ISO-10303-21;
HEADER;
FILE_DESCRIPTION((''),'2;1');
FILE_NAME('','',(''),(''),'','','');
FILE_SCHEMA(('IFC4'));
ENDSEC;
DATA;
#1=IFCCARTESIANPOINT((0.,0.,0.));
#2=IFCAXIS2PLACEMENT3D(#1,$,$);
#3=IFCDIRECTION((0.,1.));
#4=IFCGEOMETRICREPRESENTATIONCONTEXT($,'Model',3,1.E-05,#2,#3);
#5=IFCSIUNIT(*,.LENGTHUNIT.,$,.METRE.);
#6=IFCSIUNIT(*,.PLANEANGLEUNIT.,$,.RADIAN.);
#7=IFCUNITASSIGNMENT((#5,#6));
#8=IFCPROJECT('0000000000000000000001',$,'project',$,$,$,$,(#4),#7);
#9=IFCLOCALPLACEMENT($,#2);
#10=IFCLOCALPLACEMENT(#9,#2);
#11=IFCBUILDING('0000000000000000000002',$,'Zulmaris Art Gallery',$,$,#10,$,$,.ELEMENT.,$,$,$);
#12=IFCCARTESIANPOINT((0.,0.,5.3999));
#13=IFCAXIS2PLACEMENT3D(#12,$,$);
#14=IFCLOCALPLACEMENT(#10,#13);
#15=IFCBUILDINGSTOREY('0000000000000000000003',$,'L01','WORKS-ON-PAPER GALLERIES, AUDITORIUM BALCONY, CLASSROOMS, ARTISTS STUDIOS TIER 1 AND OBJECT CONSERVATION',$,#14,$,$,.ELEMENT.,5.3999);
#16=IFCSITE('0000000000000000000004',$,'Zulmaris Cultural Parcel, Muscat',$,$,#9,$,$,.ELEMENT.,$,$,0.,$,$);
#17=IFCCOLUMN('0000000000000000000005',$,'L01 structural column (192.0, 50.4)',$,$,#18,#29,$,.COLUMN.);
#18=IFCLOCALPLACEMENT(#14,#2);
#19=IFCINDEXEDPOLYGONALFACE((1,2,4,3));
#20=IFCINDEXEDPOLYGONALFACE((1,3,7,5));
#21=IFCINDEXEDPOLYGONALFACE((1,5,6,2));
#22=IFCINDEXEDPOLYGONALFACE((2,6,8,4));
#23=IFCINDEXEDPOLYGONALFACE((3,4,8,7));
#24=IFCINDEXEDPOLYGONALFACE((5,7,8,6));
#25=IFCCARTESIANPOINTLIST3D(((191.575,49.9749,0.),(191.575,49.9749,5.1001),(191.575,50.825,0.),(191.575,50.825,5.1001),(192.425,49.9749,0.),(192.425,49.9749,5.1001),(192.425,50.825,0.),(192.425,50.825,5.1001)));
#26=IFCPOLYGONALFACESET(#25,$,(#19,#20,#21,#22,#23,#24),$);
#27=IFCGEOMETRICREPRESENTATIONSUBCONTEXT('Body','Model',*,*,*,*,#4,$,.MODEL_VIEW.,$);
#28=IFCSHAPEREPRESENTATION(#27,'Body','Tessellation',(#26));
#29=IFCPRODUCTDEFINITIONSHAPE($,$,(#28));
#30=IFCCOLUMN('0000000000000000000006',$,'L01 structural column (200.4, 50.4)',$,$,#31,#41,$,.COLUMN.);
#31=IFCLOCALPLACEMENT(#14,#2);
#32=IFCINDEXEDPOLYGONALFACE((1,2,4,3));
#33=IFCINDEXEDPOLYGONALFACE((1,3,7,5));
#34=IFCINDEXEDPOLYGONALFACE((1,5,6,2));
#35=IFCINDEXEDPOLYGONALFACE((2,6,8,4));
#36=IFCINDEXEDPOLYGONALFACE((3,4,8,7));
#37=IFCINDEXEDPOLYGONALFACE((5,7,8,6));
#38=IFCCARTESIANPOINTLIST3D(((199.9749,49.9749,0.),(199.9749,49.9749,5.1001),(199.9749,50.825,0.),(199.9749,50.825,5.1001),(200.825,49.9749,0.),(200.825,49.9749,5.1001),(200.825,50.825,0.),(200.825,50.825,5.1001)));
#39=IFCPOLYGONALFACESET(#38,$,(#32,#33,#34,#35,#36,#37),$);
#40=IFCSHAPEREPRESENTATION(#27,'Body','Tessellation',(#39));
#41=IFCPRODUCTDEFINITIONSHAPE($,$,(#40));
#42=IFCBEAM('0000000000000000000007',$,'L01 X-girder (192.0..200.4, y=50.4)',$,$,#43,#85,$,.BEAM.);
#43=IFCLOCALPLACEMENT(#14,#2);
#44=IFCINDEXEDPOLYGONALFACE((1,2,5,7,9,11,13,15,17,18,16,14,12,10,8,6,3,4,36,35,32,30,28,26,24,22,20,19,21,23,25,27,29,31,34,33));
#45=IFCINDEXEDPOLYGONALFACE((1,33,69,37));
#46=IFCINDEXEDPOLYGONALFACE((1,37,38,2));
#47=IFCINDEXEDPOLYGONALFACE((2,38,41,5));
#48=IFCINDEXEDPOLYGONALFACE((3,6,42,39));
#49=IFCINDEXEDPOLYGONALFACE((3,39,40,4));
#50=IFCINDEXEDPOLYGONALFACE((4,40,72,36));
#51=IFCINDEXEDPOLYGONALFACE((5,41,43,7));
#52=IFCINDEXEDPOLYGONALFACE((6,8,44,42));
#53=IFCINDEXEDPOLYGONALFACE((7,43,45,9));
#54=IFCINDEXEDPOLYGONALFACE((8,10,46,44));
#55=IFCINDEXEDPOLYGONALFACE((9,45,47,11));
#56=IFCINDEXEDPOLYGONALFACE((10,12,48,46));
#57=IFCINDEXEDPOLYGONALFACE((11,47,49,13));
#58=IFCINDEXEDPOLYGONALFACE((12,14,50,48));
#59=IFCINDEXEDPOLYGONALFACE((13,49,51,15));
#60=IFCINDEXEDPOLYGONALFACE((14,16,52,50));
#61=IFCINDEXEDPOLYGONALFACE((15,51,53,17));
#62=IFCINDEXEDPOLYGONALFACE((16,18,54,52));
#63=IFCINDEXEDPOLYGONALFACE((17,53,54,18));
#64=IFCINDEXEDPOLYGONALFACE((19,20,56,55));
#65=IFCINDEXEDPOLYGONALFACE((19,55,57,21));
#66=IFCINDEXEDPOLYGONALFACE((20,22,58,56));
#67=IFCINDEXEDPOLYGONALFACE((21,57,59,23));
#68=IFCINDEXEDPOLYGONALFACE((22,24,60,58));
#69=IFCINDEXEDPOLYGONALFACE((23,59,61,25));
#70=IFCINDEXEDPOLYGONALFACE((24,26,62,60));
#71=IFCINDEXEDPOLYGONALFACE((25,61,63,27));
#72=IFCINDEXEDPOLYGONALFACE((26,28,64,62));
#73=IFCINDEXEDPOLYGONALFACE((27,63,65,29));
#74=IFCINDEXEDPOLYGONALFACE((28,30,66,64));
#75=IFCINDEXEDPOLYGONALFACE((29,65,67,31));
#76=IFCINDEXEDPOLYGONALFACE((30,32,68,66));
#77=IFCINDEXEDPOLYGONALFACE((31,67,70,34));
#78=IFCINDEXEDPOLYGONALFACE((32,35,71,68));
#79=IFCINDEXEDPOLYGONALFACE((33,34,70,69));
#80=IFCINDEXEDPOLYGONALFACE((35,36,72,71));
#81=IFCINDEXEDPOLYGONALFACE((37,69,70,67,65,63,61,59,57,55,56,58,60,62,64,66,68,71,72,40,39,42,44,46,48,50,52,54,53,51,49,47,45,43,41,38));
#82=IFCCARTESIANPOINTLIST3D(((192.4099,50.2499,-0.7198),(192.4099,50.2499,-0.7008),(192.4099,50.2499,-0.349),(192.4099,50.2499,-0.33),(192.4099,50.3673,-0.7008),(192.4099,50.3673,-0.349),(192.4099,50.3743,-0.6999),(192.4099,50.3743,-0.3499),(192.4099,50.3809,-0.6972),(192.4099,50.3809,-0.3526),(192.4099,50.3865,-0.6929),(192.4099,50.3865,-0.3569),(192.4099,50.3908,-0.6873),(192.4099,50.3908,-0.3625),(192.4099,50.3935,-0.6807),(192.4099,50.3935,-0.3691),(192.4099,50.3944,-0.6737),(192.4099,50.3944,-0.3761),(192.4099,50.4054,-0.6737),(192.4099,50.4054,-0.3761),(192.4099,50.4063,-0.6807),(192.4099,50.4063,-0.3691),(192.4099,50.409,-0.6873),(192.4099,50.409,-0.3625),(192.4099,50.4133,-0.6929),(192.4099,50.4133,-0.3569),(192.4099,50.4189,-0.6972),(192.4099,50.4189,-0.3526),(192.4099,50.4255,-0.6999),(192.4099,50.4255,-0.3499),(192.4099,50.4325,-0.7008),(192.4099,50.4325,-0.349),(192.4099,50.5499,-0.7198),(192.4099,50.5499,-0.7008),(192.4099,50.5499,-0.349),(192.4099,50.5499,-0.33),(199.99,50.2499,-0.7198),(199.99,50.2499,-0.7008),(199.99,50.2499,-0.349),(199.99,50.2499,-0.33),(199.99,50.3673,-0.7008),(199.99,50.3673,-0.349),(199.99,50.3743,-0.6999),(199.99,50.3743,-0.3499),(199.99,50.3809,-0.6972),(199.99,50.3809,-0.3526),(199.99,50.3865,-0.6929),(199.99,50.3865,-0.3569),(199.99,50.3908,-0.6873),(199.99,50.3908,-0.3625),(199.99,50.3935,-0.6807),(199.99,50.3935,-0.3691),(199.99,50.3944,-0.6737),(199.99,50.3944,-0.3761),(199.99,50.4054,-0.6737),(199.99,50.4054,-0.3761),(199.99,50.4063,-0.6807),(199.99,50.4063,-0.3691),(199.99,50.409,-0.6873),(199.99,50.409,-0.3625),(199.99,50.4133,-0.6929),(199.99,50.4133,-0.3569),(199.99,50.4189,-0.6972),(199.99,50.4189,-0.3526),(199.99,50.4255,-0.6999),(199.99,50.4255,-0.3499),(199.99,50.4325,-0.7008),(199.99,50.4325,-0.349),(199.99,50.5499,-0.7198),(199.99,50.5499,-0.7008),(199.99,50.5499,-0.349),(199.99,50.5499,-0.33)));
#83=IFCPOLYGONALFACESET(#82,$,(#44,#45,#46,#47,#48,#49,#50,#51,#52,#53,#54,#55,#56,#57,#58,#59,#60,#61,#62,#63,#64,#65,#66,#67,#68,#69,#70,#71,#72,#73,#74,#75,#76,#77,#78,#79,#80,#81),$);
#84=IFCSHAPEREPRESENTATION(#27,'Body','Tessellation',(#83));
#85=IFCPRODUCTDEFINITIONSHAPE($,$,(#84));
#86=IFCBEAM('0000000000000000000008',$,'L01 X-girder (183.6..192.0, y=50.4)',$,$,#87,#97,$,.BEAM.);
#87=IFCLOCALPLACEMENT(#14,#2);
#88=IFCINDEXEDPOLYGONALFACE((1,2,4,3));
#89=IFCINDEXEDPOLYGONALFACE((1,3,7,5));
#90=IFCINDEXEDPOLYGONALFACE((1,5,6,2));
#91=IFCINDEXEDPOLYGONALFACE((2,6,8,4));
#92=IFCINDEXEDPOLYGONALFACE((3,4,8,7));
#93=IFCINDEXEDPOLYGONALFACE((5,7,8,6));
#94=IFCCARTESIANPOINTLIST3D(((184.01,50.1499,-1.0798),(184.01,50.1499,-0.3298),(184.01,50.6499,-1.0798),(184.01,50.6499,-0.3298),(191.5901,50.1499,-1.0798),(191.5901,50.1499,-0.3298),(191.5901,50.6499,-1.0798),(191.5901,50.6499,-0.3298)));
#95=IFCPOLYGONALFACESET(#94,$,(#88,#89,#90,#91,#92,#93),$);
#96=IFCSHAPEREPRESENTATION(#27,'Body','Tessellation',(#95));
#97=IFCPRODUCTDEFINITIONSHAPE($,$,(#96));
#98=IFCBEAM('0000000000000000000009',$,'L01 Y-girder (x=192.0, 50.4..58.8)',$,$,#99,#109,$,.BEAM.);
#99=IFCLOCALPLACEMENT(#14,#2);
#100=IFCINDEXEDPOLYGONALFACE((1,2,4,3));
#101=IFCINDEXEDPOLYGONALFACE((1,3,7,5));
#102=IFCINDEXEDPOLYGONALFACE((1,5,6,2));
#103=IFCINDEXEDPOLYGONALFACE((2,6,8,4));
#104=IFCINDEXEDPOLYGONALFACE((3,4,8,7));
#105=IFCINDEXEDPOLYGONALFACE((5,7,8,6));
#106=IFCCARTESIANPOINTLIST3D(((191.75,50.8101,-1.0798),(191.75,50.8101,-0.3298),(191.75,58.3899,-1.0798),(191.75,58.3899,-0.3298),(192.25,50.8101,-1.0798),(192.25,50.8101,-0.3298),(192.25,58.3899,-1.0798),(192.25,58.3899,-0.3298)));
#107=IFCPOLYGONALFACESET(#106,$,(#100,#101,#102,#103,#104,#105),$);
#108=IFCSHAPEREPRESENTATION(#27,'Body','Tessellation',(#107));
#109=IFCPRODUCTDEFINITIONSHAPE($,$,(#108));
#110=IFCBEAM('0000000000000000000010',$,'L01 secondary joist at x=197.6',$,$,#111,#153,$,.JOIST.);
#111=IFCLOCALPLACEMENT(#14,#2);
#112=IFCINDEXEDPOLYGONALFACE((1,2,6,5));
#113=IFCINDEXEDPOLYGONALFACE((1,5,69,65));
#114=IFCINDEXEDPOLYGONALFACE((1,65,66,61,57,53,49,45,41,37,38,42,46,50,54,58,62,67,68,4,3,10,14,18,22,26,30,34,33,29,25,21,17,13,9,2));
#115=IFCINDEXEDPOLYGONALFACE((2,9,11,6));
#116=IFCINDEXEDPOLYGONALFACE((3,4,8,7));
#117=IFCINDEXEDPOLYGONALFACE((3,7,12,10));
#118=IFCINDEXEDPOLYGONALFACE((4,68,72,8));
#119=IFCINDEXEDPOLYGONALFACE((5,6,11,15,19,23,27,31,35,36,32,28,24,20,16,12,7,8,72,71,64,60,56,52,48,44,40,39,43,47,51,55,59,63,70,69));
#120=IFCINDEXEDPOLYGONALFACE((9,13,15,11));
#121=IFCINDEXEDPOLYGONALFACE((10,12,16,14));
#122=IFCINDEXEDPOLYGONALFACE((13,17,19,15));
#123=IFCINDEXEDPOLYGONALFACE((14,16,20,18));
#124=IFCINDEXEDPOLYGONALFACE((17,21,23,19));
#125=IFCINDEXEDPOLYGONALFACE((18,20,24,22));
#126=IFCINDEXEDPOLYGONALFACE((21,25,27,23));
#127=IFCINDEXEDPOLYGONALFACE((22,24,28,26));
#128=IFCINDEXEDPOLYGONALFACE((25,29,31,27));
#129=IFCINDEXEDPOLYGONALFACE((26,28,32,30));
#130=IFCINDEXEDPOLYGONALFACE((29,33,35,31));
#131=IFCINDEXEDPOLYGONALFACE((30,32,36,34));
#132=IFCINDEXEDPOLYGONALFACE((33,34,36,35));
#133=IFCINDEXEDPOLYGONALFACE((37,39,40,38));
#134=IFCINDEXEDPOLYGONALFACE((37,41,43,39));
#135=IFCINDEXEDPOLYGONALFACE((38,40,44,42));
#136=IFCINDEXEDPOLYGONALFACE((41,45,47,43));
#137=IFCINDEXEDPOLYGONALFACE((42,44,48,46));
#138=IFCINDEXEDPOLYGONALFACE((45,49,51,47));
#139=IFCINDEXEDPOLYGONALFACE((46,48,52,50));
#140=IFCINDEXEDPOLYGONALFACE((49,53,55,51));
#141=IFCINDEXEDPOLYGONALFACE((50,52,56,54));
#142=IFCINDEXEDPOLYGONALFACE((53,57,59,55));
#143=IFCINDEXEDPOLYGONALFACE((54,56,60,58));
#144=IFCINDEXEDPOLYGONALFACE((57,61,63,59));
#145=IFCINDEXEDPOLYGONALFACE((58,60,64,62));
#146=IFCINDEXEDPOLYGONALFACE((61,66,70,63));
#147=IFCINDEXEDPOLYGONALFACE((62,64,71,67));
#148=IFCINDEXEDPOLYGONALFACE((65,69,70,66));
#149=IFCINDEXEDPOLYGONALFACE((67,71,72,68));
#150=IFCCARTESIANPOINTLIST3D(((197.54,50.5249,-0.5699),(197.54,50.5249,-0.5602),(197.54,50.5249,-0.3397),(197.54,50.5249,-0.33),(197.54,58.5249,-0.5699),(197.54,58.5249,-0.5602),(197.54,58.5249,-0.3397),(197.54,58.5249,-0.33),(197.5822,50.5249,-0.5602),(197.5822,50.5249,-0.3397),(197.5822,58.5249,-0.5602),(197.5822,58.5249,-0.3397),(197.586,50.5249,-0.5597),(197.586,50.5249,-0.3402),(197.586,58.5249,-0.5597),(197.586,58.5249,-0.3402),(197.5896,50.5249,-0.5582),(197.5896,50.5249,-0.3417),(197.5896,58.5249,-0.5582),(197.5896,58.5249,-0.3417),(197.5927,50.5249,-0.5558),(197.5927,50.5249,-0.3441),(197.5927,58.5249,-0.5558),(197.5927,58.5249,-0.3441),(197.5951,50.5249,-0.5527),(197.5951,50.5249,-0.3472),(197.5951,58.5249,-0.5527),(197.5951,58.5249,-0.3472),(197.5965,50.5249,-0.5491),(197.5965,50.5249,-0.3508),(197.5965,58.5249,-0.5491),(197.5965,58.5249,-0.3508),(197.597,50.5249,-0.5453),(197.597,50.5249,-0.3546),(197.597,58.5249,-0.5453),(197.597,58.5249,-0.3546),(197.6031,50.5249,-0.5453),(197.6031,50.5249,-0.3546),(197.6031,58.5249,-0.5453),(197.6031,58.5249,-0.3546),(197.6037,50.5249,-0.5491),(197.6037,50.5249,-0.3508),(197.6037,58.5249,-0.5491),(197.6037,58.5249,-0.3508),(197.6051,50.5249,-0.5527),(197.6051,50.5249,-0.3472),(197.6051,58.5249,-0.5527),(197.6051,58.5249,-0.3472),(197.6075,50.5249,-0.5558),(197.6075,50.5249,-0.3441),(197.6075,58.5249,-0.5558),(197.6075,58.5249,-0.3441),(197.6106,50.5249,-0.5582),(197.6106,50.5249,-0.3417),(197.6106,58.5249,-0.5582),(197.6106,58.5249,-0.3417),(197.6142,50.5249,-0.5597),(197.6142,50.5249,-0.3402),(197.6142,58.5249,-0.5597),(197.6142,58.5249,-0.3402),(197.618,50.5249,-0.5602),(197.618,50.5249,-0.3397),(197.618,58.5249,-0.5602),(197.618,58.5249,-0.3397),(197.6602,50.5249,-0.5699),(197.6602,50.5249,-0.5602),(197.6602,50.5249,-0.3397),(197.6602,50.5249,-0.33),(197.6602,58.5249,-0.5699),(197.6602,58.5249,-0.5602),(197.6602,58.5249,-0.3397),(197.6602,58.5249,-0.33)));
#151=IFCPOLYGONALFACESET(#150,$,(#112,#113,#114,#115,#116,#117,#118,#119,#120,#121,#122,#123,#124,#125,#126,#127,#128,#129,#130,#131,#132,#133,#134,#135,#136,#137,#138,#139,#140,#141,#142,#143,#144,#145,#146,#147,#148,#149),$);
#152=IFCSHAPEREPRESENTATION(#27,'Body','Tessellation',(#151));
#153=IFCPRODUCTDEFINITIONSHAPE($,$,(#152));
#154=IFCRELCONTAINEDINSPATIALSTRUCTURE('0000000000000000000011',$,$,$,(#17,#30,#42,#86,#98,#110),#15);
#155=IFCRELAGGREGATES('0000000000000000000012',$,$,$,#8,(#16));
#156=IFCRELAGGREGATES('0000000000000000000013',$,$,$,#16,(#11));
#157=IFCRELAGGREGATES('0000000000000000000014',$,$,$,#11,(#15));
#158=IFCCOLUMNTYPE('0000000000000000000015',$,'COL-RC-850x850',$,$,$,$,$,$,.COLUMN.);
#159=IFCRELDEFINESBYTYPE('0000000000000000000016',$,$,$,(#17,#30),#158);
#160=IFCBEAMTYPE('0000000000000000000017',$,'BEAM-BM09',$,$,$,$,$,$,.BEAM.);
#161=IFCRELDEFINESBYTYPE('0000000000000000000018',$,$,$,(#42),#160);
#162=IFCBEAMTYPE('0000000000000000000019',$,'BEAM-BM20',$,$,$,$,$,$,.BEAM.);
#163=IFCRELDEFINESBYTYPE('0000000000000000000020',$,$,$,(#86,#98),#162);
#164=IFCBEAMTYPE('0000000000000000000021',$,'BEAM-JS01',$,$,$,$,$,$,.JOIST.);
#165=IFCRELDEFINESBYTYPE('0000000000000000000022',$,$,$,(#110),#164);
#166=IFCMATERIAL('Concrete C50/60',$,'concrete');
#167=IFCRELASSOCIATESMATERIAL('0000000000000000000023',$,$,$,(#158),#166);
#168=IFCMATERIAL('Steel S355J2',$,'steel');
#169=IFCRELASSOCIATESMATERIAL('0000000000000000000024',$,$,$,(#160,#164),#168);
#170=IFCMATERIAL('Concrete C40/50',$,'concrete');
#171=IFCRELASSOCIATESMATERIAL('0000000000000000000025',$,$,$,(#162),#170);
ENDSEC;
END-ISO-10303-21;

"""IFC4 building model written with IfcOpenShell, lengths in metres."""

from ifc_helpers import new_model, si_unit, direction, frame, origin, origin_2d, place, context, subcontext, project, spatial, rectangle, i_section, extrude, material, material_profile, profile_set, type_object, element, save


model = new_model("IFC4")

# Units and contexts
model_context = context("Model", 3, precision=1e-05, world=origin(), true_north=direction((0.0, 1.0)))
body_context = subcontext(model_context, "Body", "Model", "MODEL_VIEW")
ifc_project = project(units=[si_unit("LENGTHUNIT", "METRE"), si_unit("PLANEANGLEUNIT", "RADIAN")], contexts=[model_context])

# Site, building, storey
site_placement = place(None, origin())
site = spatial("IfcSite", under=ifc_project, at=site_placement, Name="Zulmaris Cultural Parcel, Muscat", CompositionType="ELEMENT", RefElevation=0.0)
building_placement = place(site_placement, origin())
building = spatial("IfcBuilding", under=site, at=building_placement, Name="Zulmaris Art Gallery", CompositionType="ELEMENT")
storey_placement = place(building_placement, frame((0.0, 0.0, 5.3999)))
storey = spatial("IfcBuildingStorey", under=building, at=storey_placement, Name="L01", Description="WORKS-ON-PAPER GALLERIES, AUDITORIUM BALCONY, CLASSROOMS, ARTISTS STUDIOS TIER 1 AND OBJECT CONSERVATION", CompositionType="ELEMENT", Elevation=5.3999)

# Columns
ifc_material_1 = material(Name="Concrete C50/60", Category="concrete")
ifc_material_profile_1 = material_profile(ifc_material_1, rectangle(XDim=0.8501, YDim=0.8501, at=origin_2d()), Name="RC 850x850")
ifc_profile_set_1 = profile_set([ifc_material_profile_1], Name="Concrete C50/60")
column_type = type_object("IfcColumnType", Name="COL-RC-850x850", PredefinedType="COLUMN", material=ifc_profile_set_1)
for number, where, z_axis, x_axis, name in (
    (1, (192.0, 50.3999, 0.0), (0.0, 0.0, 1.0), (1.0, 0.0, 0.0), "L01 structural column (192.0, 50.4)"),
    (2, (200.3999, 50.3999, 0.0), (0.0, 0.0, 1.0), (1.0, 0.0, 0.0), "L01 structural column (200.4, 50.4)"),
):
    element("IfcColumn", number, at=place(storey_placement, frame(where, z_axis=z_axis, x_axis=x_axis)), inside=storey, type_object=column_type, Name=name, PredefinedType="COLUMN", context=body_context, shape_type="SweptSolid", body=[
        extrude(rectangle(XDim=0.8501, YDim=0.8501, at=origin_2d()), origin(), (0.0, 0.0, 1.0), 5.1001),
    ])

# Beams
ifc_material_2 = material(Name="Steel S355J2", Category="steel")
ifc_material_profile_2 = material_profile(ifc_material_2, i_section(OverallWidth=0.3, OverallDepth=0.3899, WebThickness=0.011, FlangeThickness=0.019, FilletRadius=0.0271, at=origin_2d()), Name="HEA 400")
ifc_profile_set_2 = profile_set([ifc_material_profile_2], Name="Steel S355J2")
beam_type_1 = type_object("IfcBeamType", Name="BEAM-BM09", PredefinedType="BEAM", material=ifc_profile_set_2)
beam_1_placement = place(storey_placement, frame((192.4099, 50.3999, -0.5249), z_axis=(1.0, 0.0, 0.0), x_axis=(0.0, 1.0, 0.0)))
element("IfcBeam", 3, at=beam_1_placement, inside=storey, type_object=beam_type_1, Name="L01 X-girder (192.0..200.4, y=50.4)", PredefinedType="BEAM", context=body_context, shape_type="SweptSolid", body=[
    extrude(i_section(OverallWidth=0.3, OverallDepth=0.3899, WebThickness=0.011, FlangeThickness=0.019, FilletRadius=0.0271, at=origin_2d()), origin(), (0.0, 0.0, 1.0), 7.5801),
])
ifc_material_3 = material(Name="Concrete C40/50", Category="concrete")
ifc_material_profile_3 = material_profile(ifc_material_3, rectangle(XDim=0.5, YDim=0.75, at=origin_2d()), Name="RC 500x750")
ifc_profile_set_3 = profile_set([ifc_material_profile_3], Name="Concrete C40/50")
beam_type_2 = type_object("IfcBeamType", Name="BEAM-BM20", PredefinedType="BEAM", material=ifc_profile_set_3)
beam_2_placement = place(storey_placement, frame((184.01, 50.3999, -0.7048), z_axis=(1.0, 0.0, 0.0), x_axis=(0.0, 1.0, 0.0)))
element("IfcBeam", 4, at=beam_2_placement, inside=storey, type_object=beam_type_2, Name="L01 X-girder (183.6..192.0, y=50.4)", PredefinedType="BEAM", context=body_context, shape_type="SweptSolid", body=[
    extrude(rectangle(XDim=0.5, YDim=0.75, at=origin_2d()), origin(), (0.0, 0.0, 1.0), 7.5801),
])
beam_3_placement = place(storey_placement, frame((192.0, 50.8101, -0.7048), z_axis=(0.0, 1.0, 0.0), x_axis=(-1.0, 0.0, 0.0)))
element("IfcBeam", 5, at=beam_3_placement, inside=storey, type_object=beam_type_2, Name="L01 Y-girder (x=192.0, 50.4..58.8)", PredefinedType="BEAM", context=body_context, shape_type="SweptSolid", body=[
    extrude(rectangle(XDim=0.5, YDim=0.75, at=origin_2d()), origin(), (0.0, 0.0, 1.0), 7.5798),
])
ifc_material_profile_4 = material_profile(ifc_material_2, i_section(OverallWidth=0.1201, OverallDepth=0.24, WebThickness=0.0061, FlangeThickness=0.0098, FilletRadius=0.0149, at=origin_2d()), Name="IPE 240")
ifc_profile_set_4 = profile_set([ifc_material_profile_4], Name="Steel S355J2")
beam_type_3 = type_object("IfcBeamType", Name="BEAM-JS01", PredefinedType="JOIST", material=ifc_profile_set_4)
beam_4_placement = place(storey_placement, frame((197.6001, 50.5249, -0.45), z_axis=(0.0, 1.0, 0.0), x_axis=(-1.0, 0.0, 0.0)))
element("IfcBeam", 6, at=beam_4_placement, inside=storey, type_object=beam_type_3, Name="L01 secondary joist at x=197.6", PredefinedType="JOIST", context=body_context, shape_type="SweptSolid", body=[
    extrude(i_section(OverallWidth=0.1201, OverallDepth=0.24, WebThickness=0.0061, FlangeThickness=0.0098, FilletRadius=0.0149, at=origin_2d()), origin(), (0.0, 0.0, 1.0), 8.0),
])

save(model, "model.ifc")
